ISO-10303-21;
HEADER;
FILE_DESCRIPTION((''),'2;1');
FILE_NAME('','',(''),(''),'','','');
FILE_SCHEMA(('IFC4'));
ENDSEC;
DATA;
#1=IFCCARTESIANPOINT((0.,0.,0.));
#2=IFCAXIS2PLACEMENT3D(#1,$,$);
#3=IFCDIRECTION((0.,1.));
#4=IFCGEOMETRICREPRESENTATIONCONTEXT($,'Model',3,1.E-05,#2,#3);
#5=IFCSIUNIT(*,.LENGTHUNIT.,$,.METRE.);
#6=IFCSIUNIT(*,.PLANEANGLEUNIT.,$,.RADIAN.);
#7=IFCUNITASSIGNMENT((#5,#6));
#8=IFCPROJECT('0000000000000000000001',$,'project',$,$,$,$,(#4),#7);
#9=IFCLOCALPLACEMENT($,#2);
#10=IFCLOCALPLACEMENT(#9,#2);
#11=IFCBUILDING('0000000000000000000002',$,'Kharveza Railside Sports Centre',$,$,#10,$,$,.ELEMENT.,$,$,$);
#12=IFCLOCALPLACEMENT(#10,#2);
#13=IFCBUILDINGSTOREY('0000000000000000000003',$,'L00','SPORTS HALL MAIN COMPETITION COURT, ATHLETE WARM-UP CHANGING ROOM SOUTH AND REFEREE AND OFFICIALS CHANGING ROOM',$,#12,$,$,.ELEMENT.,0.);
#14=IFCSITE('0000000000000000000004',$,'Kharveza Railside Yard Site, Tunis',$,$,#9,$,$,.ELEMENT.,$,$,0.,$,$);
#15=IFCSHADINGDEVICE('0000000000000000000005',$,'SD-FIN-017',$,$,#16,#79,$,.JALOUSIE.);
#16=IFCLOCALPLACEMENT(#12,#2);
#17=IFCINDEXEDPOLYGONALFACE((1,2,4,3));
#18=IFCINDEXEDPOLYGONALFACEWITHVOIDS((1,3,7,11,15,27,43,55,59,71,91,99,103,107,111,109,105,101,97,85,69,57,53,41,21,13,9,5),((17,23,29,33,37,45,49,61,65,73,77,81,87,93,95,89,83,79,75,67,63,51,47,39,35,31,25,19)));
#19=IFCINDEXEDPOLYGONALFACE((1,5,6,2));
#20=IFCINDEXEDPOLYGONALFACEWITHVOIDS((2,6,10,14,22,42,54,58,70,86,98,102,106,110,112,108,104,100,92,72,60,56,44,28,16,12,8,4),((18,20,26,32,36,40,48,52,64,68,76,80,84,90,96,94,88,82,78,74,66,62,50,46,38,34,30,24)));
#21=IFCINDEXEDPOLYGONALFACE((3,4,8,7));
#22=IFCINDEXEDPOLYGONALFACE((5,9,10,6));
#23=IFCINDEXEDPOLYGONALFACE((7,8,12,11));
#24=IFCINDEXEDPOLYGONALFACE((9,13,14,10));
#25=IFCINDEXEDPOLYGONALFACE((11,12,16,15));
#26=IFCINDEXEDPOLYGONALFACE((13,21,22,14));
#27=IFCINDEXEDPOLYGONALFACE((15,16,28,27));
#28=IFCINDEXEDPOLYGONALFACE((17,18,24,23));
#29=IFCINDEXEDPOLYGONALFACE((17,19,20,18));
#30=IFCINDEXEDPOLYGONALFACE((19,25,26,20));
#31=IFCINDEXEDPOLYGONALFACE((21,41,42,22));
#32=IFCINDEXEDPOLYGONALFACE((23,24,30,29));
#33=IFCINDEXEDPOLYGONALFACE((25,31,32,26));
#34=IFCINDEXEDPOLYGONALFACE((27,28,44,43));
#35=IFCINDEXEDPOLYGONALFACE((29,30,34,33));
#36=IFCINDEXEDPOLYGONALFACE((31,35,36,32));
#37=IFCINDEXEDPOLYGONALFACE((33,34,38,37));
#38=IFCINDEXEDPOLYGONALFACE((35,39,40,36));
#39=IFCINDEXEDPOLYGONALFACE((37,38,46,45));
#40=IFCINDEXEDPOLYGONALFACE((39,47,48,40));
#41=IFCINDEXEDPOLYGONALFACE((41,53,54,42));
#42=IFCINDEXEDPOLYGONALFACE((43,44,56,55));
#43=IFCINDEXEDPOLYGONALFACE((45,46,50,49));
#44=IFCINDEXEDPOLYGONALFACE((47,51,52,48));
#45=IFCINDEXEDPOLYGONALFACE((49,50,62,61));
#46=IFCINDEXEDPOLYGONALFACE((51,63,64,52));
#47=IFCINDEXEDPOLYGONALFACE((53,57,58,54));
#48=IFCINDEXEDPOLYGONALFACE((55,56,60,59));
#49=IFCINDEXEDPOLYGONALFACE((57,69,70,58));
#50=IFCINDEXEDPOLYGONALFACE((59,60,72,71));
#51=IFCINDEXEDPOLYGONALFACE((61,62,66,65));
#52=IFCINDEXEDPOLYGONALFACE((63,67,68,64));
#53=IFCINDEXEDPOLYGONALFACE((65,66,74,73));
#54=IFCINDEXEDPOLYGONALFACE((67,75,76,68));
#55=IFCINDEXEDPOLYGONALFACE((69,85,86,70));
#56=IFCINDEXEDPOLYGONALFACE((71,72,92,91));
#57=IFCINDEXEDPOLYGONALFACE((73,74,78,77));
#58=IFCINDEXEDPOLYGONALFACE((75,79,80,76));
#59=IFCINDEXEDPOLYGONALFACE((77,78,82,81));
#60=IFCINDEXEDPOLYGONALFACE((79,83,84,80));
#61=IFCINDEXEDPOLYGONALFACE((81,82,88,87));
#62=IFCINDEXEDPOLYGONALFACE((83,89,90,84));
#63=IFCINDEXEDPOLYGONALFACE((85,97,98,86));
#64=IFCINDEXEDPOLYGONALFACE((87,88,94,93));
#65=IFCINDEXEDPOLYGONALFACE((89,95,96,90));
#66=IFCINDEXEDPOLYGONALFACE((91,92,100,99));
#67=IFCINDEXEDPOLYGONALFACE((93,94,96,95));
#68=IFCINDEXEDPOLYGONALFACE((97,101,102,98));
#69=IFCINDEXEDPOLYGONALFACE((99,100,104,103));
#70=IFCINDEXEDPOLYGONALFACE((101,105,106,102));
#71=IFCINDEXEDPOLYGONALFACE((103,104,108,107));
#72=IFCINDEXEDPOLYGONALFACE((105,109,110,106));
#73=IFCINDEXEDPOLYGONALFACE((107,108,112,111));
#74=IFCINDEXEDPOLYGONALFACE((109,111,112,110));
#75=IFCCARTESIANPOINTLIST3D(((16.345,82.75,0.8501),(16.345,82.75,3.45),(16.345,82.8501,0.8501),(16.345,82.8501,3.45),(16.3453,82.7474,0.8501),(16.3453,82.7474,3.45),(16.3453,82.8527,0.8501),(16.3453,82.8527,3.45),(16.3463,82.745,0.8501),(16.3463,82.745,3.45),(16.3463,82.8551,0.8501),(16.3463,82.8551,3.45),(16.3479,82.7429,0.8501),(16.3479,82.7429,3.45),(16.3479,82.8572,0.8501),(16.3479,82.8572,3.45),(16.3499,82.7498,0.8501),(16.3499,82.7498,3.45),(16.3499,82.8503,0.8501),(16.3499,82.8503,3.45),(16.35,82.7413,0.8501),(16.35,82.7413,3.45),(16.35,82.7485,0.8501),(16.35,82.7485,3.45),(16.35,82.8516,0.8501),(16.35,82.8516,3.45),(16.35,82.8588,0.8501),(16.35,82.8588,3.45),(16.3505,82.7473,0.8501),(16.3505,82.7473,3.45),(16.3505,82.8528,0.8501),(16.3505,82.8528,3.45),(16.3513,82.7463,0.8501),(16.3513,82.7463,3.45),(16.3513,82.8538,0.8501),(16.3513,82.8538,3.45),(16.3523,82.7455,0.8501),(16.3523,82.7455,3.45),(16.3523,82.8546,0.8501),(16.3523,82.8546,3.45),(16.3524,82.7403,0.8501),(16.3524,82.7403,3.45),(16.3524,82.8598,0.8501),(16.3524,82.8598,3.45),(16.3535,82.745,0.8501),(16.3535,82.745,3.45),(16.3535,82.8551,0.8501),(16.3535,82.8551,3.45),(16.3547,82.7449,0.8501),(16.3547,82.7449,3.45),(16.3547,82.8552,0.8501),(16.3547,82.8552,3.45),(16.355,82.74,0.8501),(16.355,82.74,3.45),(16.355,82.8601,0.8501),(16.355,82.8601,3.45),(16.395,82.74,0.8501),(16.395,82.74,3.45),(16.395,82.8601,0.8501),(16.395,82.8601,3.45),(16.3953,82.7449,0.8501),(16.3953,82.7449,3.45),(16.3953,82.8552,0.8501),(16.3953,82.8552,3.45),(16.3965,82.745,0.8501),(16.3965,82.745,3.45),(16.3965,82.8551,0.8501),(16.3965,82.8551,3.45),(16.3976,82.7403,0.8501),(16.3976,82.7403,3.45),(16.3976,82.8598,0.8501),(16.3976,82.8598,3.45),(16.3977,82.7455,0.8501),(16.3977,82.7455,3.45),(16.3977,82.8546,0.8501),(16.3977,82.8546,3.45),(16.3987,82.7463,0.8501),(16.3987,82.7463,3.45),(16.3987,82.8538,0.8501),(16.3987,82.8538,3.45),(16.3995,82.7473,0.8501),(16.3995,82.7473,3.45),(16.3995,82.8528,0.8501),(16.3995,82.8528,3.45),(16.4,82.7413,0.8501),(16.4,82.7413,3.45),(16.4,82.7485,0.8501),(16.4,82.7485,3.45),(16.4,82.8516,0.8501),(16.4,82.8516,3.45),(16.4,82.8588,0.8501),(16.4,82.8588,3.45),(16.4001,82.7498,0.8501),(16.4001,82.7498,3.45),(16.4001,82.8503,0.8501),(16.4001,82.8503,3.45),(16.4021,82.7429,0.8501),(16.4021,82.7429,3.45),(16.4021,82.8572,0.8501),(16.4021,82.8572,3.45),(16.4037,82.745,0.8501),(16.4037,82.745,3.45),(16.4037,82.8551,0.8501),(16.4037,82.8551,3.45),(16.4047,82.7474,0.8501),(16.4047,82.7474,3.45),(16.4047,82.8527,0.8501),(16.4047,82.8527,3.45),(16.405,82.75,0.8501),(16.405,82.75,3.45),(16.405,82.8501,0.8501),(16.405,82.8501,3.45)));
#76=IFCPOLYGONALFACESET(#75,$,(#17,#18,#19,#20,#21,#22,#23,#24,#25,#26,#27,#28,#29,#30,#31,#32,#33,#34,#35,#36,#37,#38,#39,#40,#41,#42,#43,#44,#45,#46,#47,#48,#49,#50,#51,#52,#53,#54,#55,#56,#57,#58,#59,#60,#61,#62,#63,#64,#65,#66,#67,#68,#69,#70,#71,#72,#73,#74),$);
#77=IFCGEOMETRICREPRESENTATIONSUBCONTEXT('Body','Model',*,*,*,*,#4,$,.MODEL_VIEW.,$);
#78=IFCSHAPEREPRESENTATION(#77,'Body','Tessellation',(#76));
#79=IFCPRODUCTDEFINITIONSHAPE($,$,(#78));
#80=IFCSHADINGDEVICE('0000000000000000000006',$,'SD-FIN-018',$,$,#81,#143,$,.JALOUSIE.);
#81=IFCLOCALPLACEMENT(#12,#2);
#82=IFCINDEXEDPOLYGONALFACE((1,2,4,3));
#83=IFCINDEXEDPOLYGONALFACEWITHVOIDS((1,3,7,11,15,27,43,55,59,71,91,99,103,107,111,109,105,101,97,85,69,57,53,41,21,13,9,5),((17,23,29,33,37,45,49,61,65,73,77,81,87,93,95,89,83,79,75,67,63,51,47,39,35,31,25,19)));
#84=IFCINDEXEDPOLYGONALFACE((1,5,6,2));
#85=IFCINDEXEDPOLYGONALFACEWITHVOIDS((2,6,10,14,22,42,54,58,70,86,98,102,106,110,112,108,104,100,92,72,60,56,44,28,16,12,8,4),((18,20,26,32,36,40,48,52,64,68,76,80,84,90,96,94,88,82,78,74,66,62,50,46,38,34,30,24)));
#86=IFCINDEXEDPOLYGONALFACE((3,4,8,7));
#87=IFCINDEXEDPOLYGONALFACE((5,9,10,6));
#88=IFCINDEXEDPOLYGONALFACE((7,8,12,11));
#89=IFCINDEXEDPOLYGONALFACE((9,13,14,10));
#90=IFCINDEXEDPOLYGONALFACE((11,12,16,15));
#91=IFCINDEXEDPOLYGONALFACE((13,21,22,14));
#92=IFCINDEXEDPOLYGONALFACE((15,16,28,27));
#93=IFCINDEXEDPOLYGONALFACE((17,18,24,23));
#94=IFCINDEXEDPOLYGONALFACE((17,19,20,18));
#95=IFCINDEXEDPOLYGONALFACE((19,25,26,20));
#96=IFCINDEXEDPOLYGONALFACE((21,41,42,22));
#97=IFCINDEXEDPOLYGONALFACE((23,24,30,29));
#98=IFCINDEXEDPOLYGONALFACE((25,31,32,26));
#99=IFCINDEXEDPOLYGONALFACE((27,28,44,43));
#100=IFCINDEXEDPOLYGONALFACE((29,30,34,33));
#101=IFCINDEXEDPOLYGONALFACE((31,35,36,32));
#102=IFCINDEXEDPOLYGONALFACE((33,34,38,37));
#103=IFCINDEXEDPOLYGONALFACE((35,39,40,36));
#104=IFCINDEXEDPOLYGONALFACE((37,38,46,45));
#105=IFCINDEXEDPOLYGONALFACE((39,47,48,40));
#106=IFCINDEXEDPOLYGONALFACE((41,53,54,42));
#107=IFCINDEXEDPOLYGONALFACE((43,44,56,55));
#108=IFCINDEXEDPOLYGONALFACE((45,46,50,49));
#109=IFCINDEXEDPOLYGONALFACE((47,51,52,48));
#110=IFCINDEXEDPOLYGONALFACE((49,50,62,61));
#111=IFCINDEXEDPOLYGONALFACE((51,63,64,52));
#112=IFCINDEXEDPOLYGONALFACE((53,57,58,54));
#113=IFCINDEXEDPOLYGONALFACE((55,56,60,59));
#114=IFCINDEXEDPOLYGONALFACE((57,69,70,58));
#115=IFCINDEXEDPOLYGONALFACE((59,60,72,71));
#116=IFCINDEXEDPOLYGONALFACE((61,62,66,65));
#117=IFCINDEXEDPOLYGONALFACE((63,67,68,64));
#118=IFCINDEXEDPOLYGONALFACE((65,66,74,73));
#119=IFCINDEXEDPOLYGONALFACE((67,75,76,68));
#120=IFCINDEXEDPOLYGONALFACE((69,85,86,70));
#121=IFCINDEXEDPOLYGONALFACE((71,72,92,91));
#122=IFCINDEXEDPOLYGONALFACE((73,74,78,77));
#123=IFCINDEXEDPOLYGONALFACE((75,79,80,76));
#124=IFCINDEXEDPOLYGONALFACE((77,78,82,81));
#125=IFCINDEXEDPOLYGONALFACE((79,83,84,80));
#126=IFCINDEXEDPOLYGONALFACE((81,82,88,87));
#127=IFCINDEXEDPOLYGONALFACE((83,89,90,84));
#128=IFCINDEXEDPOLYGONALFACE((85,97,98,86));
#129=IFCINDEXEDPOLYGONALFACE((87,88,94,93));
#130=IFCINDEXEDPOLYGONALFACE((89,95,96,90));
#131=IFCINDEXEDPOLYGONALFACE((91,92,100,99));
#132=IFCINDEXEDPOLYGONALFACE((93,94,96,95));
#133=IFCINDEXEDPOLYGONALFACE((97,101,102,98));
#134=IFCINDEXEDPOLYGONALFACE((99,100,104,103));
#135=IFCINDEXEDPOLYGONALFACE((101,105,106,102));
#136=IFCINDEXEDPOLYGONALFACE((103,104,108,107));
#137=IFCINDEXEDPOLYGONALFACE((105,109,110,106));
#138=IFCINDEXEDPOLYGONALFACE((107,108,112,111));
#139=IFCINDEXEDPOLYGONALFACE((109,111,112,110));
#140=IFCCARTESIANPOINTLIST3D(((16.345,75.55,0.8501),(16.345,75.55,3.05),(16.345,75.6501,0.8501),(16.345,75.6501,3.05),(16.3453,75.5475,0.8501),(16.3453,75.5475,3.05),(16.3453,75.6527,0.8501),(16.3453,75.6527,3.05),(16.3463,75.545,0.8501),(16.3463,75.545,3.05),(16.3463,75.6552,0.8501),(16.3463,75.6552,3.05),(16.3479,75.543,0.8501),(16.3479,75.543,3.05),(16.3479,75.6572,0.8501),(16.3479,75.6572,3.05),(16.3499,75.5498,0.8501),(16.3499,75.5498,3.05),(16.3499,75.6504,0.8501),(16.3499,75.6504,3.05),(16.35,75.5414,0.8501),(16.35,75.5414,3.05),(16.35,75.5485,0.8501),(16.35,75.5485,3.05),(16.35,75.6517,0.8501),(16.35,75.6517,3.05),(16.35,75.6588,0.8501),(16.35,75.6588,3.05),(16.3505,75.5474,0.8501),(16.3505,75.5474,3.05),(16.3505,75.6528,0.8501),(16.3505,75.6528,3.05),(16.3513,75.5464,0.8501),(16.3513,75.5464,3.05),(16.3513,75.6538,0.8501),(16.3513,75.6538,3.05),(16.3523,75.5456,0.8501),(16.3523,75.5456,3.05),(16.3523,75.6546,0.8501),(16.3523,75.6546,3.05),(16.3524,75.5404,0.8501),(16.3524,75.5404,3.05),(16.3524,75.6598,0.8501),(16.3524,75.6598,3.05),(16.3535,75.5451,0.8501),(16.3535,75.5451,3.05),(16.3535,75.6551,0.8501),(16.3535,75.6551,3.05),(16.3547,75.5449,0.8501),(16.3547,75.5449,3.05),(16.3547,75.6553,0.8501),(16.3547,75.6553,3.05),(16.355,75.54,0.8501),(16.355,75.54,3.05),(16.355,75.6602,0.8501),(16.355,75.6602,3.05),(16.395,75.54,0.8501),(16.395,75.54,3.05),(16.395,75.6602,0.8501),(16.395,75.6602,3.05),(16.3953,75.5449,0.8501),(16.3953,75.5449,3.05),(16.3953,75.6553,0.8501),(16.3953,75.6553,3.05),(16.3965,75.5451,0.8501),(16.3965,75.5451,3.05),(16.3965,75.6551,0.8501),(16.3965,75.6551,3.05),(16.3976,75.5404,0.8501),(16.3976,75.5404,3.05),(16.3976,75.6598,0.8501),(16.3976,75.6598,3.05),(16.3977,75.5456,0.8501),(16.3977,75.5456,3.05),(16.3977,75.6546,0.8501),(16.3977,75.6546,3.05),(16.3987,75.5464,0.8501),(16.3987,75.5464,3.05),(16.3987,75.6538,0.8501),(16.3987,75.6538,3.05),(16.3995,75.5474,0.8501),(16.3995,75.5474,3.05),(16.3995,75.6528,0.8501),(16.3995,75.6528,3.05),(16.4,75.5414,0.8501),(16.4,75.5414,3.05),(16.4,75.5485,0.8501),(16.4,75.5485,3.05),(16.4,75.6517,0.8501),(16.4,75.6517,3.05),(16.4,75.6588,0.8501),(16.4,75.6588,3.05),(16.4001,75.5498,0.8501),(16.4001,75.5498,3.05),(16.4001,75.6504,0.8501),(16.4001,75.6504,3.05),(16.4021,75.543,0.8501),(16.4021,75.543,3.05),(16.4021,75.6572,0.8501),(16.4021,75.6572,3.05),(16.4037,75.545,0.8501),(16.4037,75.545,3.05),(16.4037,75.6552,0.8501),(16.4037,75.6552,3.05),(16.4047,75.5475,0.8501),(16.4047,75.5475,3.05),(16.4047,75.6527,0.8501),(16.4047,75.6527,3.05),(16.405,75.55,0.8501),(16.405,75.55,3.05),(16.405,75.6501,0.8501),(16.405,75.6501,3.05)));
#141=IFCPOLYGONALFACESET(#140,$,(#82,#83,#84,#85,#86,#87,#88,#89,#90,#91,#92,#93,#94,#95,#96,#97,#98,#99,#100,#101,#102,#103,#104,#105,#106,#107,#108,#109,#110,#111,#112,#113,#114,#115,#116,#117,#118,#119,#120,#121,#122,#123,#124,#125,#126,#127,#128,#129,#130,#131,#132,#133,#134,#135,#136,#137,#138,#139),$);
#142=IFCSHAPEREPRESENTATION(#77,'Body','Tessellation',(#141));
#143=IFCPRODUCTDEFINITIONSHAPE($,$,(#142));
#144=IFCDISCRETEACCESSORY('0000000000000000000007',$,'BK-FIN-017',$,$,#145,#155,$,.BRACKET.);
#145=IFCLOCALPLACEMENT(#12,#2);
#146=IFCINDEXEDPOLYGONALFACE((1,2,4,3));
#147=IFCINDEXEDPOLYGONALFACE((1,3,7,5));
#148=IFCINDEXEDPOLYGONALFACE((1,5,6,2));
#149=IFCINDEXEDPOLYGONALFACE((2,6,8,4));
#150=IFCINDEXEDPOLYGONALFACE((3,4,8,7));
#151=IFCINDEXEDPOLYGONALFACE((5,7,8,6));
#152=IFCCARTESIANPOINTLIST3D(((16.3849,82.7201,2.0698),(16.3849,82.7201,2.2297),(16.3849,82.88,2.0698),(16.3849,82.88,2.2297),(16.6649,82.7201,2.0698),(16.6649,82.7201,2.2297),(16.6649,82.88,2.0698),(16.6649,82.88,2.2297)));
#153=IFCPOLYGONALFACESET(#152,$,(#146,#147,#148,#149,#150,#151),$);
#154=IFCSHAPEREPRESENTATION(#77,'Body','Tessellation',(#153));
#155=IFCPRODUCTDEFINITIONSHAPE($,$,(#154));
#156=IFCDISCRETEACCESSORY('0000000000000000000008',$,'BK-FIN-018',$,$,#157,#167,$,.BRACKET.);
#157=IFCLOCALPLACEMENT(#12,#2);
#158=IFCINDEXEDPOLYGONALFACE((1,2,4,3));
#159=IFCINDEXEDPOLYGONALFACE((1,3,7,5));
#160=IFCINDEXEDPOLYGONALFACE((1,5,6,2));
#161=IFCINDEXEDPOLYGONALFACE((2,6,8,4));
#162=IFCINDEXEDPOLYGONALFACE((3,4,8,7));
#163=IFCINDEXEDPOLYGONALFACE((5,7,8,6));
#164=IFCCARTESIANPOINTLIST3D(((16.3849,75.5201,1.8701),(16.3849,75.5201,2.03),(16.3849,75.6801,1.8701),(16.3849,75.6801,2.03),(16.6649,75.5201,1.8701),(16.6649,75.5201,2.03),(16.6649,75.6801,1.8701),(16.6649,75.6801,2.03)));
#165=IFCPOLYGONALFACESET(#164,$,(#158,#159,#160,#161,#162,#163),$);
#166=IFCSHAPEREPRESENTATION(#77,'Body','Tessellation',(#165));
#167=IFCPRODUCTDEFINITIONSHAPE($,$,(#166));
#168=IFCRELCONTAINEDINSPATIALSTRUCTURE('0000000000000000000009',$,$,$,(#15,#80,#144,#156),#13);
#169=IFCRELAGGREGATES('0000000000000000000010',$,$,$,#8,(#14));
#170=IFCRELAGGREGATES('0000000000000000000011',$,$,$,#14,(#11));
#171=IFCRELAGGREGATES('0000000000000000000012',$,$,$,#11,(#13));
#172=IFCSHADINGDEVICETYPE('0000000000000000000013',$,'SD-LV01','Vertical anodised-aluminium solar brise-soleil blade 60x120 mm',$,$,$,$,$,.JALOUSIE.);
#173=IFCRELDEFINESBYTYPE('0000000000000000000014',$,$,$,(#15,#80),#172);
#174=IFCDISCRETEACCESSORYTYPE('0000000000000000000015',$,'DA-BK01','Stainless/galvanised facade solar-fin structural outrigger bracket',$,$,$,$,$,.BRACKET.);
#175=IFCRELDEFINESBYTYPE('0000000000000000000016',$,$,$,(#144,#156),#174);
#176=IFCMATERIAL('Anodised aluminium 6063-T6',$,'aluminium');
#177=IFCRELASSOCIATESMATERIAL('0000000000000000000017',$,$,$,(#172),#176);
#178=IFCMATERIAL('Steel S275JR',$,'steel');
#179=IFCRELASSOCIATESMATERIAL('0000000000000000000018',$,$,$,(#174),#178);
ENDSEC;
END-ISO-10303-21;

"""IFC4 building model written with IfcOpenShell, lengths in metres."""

from ifc_helpers import new_model, si_unit, direction, frame, origin, origin_2d, place, context, subcontext, project, spatial, rectangle, hollow_rectangle, extrude, material, material_profile, profile_set, type_object, element, save


model = new_model("IFC4")

# Units and contexts
model_context = context("Model", 3, precision=1e-05, world=origin(), true_north=direction((0.0, 1.0)))
body_context = subcontext(model_context, "Body", "Model", "MODEL_VIEW")
ifc_project = project(units=[si_unit("LENGTHUNIT", "METRE"), si_unit("PLANEANGLEUNIT", "RADIAN")], contexts=[model_context])

# Site, building, storey
site_placement = place(None, origin())
site = spatial("IfcSite", under=ifc_project, at=site_placement, Name="Kharveza Railside Yard Site, Tunis", CompositionType="ELEMENT", RefElevation=0.0)
building_placement = place(site_placement, origin())
building = spatial("IfcBuilding", under=site, at=building_placement, Name="Kharveza Railside Sports Centre", CompositionType="ELEMENT")
storey_placement = place(building_placement, origin())
storey = spatial("IfcBuildingStorey", under=building, at=storey_placement, Name="L00", Description="SPORTS HALL MAIN COMPETITION COURT, ATHLETE WARM-UP CHANGING ROOM SOUTH AND REFEREE AND OFFICIALS CHANGING ROOM", CompositionType="ELEMENT", Elevation=0.0)

# Shading devices
ifc_material_1 = material(Name="Anodised aluminium 6063-T6", Category="aluminium")
ifc_material_profile_1 = material_profile(ifc_material_1, hollow_rectangle(XDim=0.0601, YDim=0.1201, WallThickness=0.0049, InnerFilletRadius=0.0049, OuterFilletRadius=0.01, at=origin_2d()), Name="RHS 60x120x5.0")
ifc_profile_set_1 = profile_set([ifc_material_profile_1], Name="Anodised aluminium 6063-T6")
shading_device_type = type_object("IfcShadingDeviceType", Name="SD-LV01", Description="Vertical anodised-aluminium solar brise-soleil blade 60x120 mm", PredefinedType="JALOUSIE", material=ifc_profile_set_1)
shading_device_1_placement = place(storey_placement, frame((16.375, 82.8, 0.8501), z_axis=(0.0, 0.0, 1.0), x_axis=(-1.0, 0.0, 0.0)))
element("IfcShadingDevice", 1, at=shading_device_1_placement, inside=storey, type_object=shading_device_type, Name="SD-FIN-017", PredefinedType="JALOUSIE", context=body_context, shape_type="SweptSolid", body=[
    extrude(hollow_rectangle(XDim=0.0601, YDim=0.1201, WallThickness=0.0049, InnerFilletRadius=0.0049, OuterFilletRadius=0.01, at=origin_2d()), origin(), (0.0, 0.0, 1.0), 2.5999),
])
shading_device_2_placement = place(storey_placement, frame((16.375, 75.6001, 0.8501), z_axis=(0.0, 0.0, 1.0), x_axis=(-1.0, 0.0, 0.0)))
element("IfcShadingDevice", 2, at=shading_device_2_placement, inside=storey, type_object=shading_device_type, Name="SD-FIN-018", PredefinedType="JALOUSIE", context=body_context, shape_type="SweptSolid", body=[
    extrude(hollow_rectangle(XDim=0.0601, YDim=0.1201, WallThickness=0.0049, InnerFilletRadius=0.0049, OuterFilletRadius=0.01, at=origin_2d()), origin(), (0.0, 0.0, 1.0), 2.2),
])

# Discrete accessories
ifc_material_2 = material(Name="Steel S275JR", Category="steel")
discrete_accessory_type = type_object("IfcDiscreteAccessoryType", Name="DA-BK01", Description="Stainless/galvanised facade solar-fin structural outrigger bracket", PredefinedType="BRACKET", material=ifc_material_2)
for number, where, z_axis, x_axis, name in (
    (3, (16.5249, 82.8, 2.0698), (0.0, 0.0, 1.0), (-1.0, 0.0, 0.0), "BK-FIN-017"),
    (4, (16.5249, 75.6001, 1.8701), (0.0, 0.0, 1.0), (-1.0, 0.0, 0.0), "BK-FIN-018"),
):
    element("IfcDiscreteAccessory", number, at=place(storey_placement, frame(where, z_axis=z_axis, x_axis=x_axis)), inside=storey, type_object=discrete_accessory_type, Name=name, PredefinedType="BRACKET", context=body_context, shape_type="SweptSolid", body=[
        extrude(rectangle(XDim=0.28, YDim=0.1599, at=origin_2d()), origin(), (0.0, 0.0, 1.0), 0.1599),
    ])

save(model, "model.ifc")
